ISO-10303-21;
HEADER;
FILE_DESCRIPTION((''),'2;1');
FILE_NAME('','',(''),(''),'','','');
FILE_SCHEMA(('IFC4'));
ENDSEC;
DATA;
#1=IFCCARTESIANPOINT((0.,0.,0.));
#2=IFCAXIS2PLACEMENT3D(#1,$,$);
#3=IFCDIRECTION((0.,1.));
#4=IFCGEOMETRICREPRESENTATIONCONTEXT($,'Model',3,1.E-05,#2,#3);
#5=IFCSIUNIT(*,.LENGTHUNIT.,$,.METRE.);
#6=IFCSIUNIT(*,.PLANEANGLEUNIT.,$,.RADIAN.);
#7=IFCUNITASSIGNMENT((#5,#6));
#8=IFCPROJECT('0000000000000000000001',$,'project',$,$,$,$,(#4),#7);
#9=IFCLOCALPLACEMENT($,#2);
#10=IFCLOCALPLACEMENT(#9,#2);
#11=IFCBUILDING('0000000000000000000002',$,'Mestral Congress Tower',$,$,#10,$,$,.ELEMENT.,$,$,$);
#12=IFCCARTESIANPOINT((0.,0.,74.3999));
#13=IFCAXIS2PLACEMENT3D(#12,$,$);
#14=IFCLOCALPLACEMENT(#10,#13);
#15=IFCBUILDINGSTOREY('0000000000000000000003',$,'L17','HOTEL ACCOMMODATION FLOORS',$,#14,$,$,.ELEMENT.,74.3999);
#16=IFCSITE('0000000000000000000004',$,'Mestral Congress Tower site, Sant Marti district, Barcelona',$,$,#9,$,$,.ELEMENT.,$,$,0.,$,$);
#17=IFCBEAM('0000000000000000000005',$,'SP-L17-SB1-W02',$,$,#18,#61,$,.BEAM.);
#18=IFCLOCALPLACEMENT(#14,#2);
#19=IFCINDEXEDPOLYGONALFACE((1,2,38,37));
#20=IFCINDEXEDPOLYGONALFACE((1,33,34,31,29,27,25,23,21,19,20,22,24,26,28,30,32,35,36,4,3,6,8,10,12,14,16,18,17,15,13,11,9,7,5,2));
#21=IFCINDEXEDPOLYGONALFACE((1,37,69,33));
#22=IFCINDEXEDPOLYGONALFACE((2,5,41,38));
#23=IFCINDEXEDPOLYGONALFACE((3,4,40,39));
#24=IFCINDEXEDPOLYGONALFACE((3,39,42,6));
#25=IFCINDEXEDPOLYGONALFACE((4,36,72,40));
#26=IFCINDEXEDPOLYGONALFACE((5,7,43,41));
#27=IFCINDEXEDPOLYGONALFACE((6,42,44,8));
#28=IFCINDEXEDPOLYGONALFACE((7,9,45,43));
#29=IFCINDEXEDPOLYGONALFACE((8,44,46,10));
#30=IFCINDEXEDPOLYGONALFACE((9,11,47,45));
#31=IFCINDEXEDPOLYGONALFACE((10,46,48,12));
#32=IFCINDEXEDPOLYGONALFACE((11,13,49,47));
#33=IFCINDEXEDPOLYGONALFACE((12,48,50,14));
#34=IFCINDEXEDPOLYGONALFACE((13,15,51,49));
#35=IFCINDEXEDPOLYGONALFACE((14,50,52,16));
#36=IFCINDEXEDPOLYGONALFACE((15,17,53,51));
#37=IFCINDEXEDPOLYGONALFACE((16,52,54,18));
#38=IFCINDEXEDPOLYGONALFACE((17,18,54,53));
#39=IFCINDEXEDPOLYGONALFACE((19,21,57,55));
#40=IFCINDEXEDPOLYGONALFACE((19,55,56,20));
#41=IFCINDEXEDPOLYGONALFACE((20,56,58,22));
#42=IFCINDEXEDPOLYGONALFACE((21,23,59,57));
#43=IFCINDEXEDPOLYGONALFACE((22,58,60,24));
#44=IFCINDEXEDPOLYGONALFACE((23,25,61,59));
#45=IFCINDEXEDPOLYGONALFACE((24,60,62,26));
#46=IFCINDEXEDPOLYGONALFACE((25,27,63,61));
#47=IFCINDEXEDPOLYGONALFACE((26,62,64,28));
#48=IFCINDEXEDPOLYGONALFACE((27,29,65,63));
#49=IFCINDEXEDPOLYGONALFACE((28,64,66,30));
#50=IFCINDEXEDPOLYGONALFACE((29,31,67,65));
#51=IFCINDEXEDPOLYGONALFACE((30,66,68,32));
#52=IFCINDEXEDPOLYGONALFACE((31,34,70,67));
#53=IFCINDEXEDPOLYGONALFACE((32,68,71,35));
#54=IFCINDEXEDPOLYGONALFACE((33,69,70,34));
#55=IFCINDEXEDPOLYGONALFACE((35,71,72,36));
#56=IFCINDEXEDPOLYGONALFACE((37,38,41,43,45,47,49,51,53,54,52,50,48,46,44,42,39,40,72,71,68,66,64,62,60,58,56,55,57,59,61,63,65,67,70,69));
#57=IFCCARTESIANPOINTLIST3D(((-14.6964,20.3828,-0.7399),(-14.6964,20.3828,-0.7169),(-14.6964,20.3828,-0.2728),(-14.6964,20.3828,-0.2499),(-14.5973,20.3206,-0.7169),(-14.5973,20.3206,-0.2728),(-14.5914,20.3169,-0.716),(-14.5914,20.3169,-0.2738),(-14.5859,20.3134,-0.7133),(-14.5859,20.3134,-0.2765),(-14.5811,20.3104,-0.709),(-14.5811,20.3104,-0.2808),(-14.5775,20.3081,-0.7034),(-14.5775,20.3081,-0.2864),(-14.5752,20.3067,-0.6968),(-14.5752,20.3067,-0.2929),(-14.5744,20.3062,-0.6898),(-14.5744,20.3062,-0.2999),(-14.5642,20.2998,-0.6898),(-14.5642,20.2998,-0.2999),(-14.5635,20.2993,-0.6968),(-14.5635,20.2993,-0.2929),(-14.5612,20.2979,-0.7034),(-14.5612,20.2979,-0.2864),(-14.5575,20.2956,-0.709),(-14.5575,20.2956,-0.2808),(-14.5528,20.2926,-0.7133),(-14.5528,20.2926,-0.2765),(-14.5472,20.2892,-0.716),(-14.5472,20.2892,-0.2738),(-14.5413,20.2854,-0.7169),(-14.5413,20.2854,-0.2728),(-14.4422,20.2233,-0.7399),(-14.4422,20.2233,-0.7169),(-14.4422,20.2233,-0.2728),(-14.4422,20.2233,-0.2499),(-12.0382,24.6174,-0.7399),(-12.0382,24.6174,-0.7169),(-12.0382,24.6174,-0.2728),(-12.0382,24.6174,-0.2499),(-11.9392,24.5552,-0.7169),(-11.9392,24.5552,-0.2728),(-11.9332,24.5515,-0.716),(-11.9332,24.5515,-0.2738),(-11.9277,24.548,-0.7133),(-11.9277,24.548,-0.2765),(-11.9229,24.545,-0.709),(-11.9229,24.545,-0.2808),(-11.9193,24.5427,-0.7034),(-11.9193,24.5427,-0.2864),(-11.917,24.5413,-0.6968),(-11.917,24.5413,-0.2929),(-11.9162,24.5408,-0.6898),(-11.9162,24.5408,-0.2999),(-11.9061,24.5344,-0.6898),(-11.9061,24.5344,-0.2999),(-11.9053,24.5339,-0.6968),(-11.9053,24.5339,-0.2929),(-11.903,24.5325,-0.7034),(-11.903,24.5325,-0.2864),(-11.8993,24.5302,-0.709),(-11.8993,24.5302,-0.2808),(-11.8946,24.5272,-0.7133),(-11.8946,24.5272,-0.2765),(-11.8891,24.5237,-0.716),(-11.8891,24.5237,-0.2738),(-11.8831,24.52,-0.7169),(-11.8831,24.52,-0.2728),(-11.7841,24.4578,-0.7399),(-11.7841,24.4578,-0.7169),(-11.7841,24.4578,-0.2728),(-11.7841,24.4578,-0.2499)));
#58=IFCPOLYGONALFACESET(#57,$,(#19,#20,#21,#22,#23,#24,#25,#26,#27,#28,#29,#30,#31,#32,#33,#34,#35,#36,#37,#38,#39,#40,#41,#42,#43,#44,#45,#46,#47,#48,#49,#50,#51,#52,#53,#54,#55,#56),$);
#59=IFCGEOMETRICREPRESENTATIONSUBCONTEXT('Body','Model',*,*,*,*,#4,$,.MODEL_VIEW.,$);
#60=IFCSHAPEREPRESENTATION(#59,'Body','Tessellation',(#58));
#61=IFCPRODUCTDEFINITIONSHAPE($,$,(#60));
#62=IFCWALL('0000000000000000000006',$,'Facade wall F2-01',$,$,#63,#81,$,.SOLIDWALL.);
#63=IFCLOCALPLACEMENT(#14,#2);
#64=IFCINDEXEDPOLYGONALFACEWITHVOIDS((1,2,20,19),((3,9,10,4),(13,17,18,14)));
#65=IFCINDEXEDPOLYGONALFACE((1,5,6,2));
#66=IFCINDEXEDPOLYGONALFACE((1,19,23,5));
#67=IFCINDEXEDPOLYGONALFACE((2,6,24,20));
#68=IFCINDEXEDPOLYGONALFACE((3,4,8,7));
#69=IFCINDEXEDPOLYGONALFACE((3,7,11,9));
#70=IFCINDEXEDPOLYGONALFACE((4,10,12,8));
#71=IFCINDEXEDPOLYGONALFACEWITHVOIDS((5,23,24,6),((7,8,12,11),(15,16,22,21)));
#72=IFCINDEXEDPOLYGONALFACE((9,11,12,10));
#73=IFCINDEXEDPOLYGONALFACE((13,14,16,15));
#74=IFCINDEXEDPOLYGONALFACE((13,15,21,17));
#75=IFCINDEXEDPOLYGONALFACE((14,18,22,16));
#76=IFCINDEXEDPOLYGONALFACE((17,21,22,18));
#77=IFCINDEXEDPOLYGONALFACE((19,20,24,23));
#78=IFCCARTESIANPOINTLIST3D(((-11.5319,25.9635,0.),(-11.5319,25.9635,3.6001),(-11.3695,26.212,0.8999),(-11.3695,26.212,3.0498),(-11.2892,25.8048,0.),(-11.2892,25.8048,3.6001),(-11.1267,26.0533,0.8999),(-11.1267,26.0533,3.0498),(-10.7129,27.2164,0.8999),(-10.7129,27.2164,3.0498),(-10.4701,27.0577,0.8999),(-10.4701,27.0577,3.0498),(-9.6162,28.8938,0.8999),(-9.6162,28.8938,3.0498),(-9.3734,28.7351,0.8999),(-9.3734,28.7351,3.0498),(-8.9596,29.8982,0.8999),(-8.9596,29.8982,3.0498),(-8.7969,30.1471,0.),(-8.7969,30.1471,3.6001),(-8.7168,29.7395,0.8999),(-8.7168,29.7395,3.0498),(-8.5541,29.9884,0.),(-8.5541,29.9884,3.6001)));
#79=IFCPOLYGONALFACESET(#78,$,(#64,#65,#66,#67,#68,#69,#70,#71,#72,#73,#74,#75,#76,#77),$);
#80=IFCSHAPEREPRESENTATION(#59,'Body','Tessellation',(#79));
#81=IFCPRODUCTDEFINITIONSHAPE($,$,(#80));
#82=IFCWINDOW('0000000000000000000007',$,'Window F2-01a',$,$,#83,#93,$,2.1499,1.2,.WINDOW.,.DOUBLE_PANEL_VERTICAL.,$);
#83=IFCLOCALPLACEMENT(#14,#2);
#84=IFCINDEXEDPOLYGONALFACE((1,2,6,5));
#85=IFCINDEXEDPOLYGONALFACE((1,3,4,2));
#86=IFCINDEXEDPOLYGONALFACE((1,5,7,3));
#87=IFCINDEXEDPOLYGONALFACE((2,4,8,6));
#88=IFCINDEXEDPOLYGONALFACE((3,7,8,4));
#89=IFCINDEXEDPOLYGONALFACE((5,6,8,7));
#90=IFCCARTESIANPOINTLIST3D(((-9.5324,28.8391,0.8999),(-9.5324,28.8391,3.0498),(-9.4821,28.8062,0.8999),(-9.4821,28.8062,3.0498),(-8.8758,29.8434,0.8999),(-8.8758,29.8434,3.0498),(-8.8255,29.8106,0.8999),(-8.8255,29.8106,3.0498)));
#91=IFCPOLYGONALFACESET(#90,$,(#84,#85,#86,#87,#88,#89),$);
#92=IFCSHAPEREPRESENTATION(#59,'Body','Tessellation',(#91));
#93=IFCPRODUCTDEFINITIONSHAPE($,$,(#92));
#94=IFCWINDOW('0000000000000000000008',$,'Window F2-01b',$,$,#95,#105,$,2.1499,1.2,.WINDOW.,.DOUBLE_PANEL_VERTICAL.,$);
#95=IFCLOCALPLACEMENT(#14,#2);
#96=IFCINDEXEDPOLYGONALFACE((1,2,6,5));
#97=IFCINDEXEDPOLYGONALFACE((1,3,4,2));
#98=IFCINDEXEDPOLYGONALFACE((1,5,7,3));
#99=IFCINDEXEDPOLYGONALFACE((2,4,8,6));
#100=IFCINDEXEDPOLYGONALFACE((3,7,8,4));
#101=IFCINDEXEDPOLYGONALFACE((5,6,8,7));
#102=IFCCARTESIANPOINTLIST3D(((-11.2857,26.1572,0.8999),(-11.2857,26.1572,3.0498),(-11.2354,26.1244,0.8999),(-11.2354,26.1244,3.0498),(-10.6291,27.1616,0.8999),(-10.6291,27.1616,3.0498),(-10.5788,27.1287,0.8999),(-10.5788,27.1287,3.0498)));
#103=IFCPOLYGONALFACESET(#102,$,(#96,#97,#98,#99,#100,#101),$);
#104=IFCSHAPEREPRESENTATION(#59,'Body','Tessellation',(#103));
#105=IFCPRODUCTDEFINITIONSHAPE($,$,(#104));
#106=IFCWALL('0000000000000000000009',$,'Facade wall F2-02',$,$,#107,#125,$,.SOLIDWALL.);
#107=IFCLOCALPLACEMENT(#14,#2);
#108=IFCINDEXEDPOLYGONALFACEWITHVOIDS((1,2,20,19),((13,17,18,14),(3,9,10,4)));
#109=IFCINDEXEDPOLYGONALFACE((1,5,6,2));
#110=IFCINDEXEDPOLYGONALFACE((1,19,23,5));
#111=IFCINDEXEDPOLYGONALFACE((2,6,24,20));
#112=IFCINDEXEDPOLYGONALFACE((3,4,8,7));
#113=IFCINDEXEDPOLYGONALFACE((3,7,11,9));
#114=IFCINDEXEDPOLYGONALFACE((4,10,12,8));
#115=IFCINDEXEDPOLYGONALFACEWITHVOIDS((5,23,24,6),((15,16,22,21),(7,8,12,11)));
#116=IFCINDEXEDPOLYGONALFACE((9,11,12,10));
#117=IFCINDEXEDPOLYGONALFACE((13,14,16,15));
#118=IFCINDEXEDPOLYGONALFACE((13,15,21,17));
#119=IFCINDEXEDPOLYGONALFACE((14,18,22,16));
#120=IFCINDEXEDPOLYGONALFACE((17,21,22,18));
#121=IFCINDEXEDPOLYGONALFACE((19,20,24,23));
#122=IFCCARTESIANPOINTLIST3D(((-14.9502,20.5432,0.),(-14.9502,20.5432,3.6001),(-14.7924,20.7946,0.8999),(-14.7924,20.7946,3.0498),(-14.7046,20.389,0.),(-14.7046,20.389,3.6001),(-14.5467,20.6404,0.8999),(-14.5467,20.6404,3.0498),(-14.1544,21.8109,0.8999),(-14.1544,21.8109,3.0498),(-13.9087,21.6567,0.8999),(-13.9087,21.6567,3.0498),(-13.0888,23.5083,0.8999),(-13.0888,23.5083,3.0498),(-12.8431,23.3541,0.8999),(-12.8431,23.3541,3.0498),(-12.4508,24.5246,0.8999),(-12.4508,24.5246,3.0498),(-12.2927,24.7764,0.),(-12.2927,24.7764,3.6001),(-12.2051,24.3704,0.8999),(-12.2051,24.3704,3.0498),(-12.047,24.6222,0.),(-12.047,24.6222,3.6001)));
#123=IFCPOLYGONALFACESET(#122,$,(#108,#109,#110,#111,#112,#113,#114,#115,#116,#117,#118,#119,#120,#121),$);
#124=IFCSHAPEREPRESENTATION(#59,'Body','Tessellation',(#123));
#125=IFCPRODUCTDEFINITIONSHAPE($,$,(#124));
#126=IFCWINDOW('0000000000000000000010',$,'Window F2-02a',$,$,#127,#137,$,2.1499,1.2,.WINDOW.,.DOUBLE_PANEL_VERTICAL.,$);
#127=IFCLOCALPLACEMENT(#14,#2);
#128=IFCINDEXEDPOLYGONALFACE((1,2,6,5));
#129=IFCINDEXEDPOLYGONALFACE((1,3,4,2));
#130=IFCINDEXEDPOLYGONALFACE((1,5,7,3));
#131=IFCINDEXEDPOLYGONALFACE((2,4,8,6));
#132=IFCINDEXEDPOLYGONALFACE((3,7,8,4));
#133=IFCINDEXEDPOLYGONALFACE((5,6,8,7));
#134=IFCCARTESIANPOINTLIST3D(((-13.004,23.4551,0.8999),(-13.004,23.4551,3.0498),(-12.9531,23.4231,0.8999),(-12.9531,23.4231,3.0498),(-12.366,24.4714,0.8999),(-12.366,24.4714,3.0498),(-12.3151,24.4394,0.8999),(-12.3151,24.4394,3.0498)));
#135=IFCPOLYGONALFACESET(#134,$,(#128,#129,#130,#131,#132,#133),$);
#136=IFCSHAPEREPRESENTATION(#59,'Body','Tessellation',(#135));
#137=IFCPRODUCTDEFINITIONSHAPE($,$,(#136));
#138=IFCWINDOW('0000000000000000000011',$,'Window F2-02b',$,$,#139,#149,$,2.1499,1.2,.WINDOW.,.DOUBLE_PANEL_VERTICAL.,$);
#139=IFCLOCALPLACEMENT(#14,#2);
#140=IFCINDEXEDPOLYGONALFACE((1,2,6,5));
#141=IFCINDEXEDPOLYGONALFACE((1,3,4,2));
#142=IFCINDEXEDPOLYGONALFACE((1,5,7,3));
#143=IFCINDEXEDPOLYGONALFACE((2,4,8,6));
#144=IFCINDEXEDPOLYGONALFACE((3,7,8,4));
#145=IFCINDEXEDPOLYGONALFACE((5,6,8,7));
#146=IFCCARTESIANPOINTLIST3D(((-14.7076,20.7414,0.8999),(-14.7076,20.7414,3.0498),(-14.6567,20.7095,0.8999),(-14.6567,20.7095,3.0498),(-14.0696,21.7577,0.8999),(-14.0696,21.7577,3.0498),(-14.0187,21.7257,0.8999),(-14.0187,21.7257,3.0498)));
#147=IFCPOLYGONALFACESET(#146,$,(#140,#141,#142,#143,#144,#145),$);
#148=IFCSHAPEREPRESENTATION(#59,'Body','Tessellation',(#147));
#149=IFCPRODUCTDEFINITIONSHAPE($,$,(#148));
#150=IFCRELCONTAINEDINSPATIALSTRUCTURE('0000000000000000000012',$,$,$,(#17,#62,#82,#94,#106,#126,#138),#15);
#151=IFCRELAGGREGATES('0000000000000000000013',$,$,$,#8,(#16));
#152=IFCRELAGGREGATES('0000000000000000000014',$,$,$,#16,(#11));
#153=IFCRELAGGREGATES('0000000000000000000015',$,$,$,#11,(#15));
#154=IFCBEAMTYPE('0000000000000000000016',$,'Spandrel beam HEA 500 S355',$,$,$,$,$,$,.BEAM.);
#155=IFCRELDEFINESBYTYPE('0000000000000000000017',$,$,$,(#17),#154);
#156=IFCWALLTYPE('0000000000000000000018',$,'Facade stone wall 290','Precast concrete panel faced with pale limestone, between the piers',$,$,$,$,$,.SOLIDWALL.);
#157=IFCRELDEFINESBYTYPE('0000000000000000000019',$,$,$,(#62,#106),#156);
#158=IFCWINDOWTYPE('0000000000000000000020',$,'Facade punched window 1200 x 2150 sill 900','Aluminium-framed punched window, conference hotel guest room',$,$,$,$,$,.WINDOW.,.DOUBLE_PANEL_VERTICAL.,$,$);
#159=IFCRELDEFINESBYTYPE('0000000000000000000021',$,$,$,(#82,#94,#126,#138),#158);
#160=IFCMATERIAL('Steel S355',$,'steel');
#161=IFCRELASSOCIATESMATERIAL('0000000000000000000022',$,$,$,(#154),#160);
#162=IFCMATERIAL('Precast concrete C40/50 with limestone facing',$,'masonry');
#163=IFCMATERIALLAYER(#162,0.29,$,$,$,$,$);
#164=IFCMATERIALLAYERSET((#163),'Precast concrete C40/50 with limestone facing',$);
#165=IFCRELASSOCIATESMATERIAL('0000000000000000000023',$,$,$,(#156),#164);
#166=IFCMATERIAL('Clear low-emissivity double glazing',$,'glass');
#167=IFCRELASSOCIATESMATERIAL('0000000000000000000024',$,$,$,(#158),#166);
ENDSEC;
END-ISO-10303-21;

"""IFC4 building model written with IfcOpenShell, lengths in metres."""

from ifc_helpers import new_model, si_unit, direction, frame, frame_2d, origin, origin_2d, place, context, subcontext, project, spatial, rectangle, i_section, extrude, material, layer, layer_set, material_profile, profile_set, type_object, element, fill, save


model = new_model("IFC4")

# Units and contexts
model_context = context("Model", 3, precision=1e-05, world=origin(), true_north=direction((0.0, 1.0)))
body_context = subcontext(model_context, "Body", "Model", "MODEL_VIEW")
ifc_project = project(units=[si_unit("LENGTHUNIT", "METRE"), si_unit("PLANEANGLEUNIT", "RADIAN")], contexts=[model_context])

# Site, building, storey
site_placement = place(None, origin())
site = spatial("IfcSite", under=ifc_project, at=site_placement, Name="Mestral Congress Tower site, Sant Marti district, Barcelona", CompositionType="ELEMENT", RefElevation=0.0)
building_placement = place(site_placement, origin())
building = spatial("IfcBuilding", under=site, at=building_placement, Name="Mestral Congress Tower", CompositionType="ELEMENT")
storey_placement = place(building_placement, frame((0.0, 0.0, 74.3999)))
storey = spatial("IfcBuildingStorey", under=building, at=storey_placement, Name="L17", Description="HOTEL ACCOMMODATION FLOORS", CompositionType="ELEMENT", Elevation=74.3999)

# Beam
ifc_material_1 = material(Name="Steel S355", Category="steel")
ifc_material_profile_1 = material_profile(ifc_material_1, i_section(OverallWidth=0.3, OverallDepth=0.49, WebThickness=0.012, FlangeThickness=0.0229, FilletRadius=0.0271, at=origin_2d()), Name="HEA 500")
ifc_profile_set_1 = profile_set([ifc_material_profile_1], Name="Steel S355")
beam_type_1 = type_object("IfcBeamType", Name="Spandrel beam HEA 500 S355", PredefinedType="BEAM", material=ifc_profile_set_1)
beam_1_placement = place(storey_placement, frame((-11.9111, 24.5376, -0.4949), z_axis=(-0.531661, -0.846957, 0.0), x_axis=(0.846957, -0.531661, 0.0)))
element("IfcBeam", 1, at=beam_1_placement, inside=storey, type_object=beam_type_1, Name="SP-L17-SB1-W02", PredefinedType="BEAM", context=body_context, shape_type="SweptSolid", body=[
    extrude(i_section(OverallWidth=0.3, OverallDepth=0.49, WebThickness=0.012, FlangeThickness=0.0229, FilletRadius=0.0271, at=origin_2d()), origin(), (0.0, 0.0, 1.0), 4.9998),
])

# Walls, openings, windows
ifc_material_2 = material(Name="Precast concrete C40/50 with limestone facing", Category="masonry")
ifc_layer_1 = layer(ifc_material_2, 0.29)
ifc_layer_set_1 = layer_set([ifc_layer_1], Name="Precast concrete C40/50 with limestone facing")
wall_type_1 = type_object("IfcWallType", Name="Facade stone wall 290", Description="Precast concrete panel faced with pale limestone, between the piers", PredefinedType="SOLIDWALL", material=ifc_layer_set_1)
wall_1_placement = place(storey_placement, frame((-8.6755, 30.0676, 0.0), z_axis=(0.0, 0.0, 1.0), x_axis=(-0.547205, -0.836999, 0.0)))
wall_1 = element("IfcWall", 2, at=wall_1_placement, inside=storey, type_object=wall_type_1, Name="Facade wall F2-01", PredefinedType="SOLIDWALL", context=body_context, shape_type="SweptSolid", body=[
    extrude(rectangle(XDim=4.9983, YDim=0.29, at=frame_2d((2.499, 0.0))), origin(), (0.0, 0.0, 1.0), 3.6001),
])
opening_1_placement = place(wall_1_placement, frame((0.2971, 0.0, 0.8999)))
opening_1 = element("IfcOpeningElement", 3, at=opening_1_placement, cuts=wall_1, PredefinedType="OPENING", context=body_context, shape_type="SweptSolid", body=[
    extrude(rectangle(XDim=1.2, YDim=2.1499, at=frame_2d((0.6001, 1.075))), frame((0.0, 0.155, 0.0), z_axis=(0.0, -1.0, 0.0), x_axis=(1.0, 0.0, 0.0)), (0.0, 0.0, 1.0), 0.3101),
])
opening_2_placement = place(wall_1_placement, frame((3.5012, 0.0, 0.8999)))
opening_2 = element("IfcOpeningElement", 4, at=opening_2_placement, cuts=wall_1, PredefinedType="OPENING", context=body_context, shape_type="SweptSolid", body=[
    extrude(rectangle(XDim=1.2, YDim=2.1499, at=frame_2d((0.6001, 1.075))), frame((0.0, 0.155, 0.0), z_axis=(0.0, -1.0, 0.0), x_axis=(1.0, 0.0, 0.0)), (0.0, 0.0, 1.0), 0.3101),
])
ifc_material_3 = material(Name="Clear low-emissivity double glazing", Category="glass")
window_type = type_object("IfcWindowType", Name="Facade punched window 1200 x 2150 sill 900", Description="Aluminium-framed punched window, conference hotel guest room", PartitioningType="DOUBLE_PANEL_VERTICAL", PredefinedType="WINDOW", material=ifc_material_3)
window_1_placement = place(opening_1_placement, origin())
window_1 = element("IfcWindow", 5, at=window_1_placement, inside=storey, type_object=window_type, Name="Window F2-01a", OverallHeight=2.1499, OverallWidth=1.2, PartitioningType="DOUBLE_PANEL_VERTICAL", PredefinedType="WINDOW", context=body_context, shape_type="SweptSolid", body=[
    extrude(rectangle(XDim=1.2, YDim=2.1499, at=frame_2d((0.6001, 1.075))), frame((0.0, 0.0151, 0.0), z_axis=(0.0, -1.0, 0.0), x_axis=(1.0, 0.0, 0.0)), (0.0, 0.0, 1.0), 0.0601),
])
fill(opening_1, window_1)
window_2_placement = place(opening_2_placement, origin())
window_2 = element("IfcWindow", 6, at=window_2_placement, inside=storey, type_object=window_type, Name="Window F2-01b", OverallHeight=2.1499, OverallWidth=1.2, PartitioningType="DOUBLE_PANEL_VERTICAL", PredefinedType="WINDOW", context=body_context, shape_type="SweptSolid", body=[
    extrude(rectangle(XDim=1.2, YDim=2.1499, at=frame_2d((0.6001, 1.075))), frame((0.0, 0.0151, 0.0), z_axis=(0.0, -1.0, 0.0), x_axis=(1.0, 0.0, 0.0)), (0.0, 0.0, 1.0), 0.0601),
])
fill(opening_2, window_2)
wall_2_placement = place(storey_placement, frame((-12.1699, 24.6992, 0.0), z_axis=(0.0, 0.0, 1.0), x_axis=(-0.531688, -0.84694, 0.0)))
wall_2 = element("IfcWall", 7, at=wall_2_placement, inside=storey, type_object=wall_type_1, Name="Facade wall F2-02", PredefinedType="SOLIDWALL", context=body_context, shape_type="SweptSolid", body=[
    extrude(rectangle(XDim=4.9983, YDim=0.29, at=frame_2d((2.499, 0.0))), origin(), (0.0, 0.0, 1.0), 3.6001),
])
opening_3_placement = place(wall_2_placement, frame((0.2971, 0.0, 0.8999)))
opening_3 = element("IfcOpeningElement", 8, at=opening_3_placement, cuts=wall_2, PredefinedType="OPENING", context=body_context, shape_type="SweptSolid", body=[
    extrude(rectangle(XDim=1.2, YDim=2.1499, at=frame_2d((0.6001, 1.075))), frame((0.0, 0.155, 0.0), z_axis=(0.0, -1.0, 0.0), x_axis=(1.0, 0.0, 0.0)), (0.0, 0.0, 1.0), 0.3101),
])
opening_4_placement = place(wall_2_placement, frame((3.5012, 0.0, 0.8999)))
opening_4 = element("IfcOpeningElement", 9, at=opening_4_placement, cuts=wall_2, PredefinedType="OPENING", context=body_context, shape_type="SweptSolid", body=[
    extrude(rectangle(XDim=1.2, YDim=2.1499, at=frame_2d((0.6001, 1.075))), frame((0.0, 0.155, 0.0), z_axis=(0.0, -1.0, 0.0), x_axis=(1.0, 0.0, 0.0)), (0.0, 0.0, 1.0), 0.3101),
])
window_3_placement = place(opening_3_placement, origin())
window_3 = element("IfcWindow", 10, at=window_3_placement, inside=storey, type_object=window_type, Name="Window F2-02a", OverallHeight=2.1499, OverallWidth=1.2, PartitioningType="DOUBLE_PANEL_VERTICAL", PredefinedType="WINDOW", context=body_context, shape_type="SweptSolid", body=[
    extrude(rectangle(XDim=1.2, YDim=2.1499, at=frame_2d((0.6001, 1.075))), frame((0.0, 0.0151, 0.0), z_axis=(0.0, -1.0, 0.0), x_axis=(1.0, 0.0, 0.0)), (0.0, 0.0, 1.0), 0.0601),
])
fill(opening_3, window_3)
window_4_placement = place(opening_4_placement, origin())
window_4 = element("IfcWindow", 11, at=window_4_placement, inside=storey, type_object=window_type, Name="Window F2-02b", OverallHeight=2.1499, OverallWidth=1.2, PartitioningType="DOUBLE_PANEL_VERTICAL", PredefinedType="WINDOW", context=body_context, shape_type="SweptSolid", body=[
    extrude(rectangle(XDim=1.2, YDim=2.1499, at=frame_2d((0.6001, 1.075))), frame((0.0, 0.0151, 0.0), z_axis=(0.0, -1.0, 0.0), x_axis=(1.0, 0.0, 0.0)), (0.0, 0.0, 1.0), 0.0601),
])
fill(opening_4, window_4)

save(model, "model.ifc")
